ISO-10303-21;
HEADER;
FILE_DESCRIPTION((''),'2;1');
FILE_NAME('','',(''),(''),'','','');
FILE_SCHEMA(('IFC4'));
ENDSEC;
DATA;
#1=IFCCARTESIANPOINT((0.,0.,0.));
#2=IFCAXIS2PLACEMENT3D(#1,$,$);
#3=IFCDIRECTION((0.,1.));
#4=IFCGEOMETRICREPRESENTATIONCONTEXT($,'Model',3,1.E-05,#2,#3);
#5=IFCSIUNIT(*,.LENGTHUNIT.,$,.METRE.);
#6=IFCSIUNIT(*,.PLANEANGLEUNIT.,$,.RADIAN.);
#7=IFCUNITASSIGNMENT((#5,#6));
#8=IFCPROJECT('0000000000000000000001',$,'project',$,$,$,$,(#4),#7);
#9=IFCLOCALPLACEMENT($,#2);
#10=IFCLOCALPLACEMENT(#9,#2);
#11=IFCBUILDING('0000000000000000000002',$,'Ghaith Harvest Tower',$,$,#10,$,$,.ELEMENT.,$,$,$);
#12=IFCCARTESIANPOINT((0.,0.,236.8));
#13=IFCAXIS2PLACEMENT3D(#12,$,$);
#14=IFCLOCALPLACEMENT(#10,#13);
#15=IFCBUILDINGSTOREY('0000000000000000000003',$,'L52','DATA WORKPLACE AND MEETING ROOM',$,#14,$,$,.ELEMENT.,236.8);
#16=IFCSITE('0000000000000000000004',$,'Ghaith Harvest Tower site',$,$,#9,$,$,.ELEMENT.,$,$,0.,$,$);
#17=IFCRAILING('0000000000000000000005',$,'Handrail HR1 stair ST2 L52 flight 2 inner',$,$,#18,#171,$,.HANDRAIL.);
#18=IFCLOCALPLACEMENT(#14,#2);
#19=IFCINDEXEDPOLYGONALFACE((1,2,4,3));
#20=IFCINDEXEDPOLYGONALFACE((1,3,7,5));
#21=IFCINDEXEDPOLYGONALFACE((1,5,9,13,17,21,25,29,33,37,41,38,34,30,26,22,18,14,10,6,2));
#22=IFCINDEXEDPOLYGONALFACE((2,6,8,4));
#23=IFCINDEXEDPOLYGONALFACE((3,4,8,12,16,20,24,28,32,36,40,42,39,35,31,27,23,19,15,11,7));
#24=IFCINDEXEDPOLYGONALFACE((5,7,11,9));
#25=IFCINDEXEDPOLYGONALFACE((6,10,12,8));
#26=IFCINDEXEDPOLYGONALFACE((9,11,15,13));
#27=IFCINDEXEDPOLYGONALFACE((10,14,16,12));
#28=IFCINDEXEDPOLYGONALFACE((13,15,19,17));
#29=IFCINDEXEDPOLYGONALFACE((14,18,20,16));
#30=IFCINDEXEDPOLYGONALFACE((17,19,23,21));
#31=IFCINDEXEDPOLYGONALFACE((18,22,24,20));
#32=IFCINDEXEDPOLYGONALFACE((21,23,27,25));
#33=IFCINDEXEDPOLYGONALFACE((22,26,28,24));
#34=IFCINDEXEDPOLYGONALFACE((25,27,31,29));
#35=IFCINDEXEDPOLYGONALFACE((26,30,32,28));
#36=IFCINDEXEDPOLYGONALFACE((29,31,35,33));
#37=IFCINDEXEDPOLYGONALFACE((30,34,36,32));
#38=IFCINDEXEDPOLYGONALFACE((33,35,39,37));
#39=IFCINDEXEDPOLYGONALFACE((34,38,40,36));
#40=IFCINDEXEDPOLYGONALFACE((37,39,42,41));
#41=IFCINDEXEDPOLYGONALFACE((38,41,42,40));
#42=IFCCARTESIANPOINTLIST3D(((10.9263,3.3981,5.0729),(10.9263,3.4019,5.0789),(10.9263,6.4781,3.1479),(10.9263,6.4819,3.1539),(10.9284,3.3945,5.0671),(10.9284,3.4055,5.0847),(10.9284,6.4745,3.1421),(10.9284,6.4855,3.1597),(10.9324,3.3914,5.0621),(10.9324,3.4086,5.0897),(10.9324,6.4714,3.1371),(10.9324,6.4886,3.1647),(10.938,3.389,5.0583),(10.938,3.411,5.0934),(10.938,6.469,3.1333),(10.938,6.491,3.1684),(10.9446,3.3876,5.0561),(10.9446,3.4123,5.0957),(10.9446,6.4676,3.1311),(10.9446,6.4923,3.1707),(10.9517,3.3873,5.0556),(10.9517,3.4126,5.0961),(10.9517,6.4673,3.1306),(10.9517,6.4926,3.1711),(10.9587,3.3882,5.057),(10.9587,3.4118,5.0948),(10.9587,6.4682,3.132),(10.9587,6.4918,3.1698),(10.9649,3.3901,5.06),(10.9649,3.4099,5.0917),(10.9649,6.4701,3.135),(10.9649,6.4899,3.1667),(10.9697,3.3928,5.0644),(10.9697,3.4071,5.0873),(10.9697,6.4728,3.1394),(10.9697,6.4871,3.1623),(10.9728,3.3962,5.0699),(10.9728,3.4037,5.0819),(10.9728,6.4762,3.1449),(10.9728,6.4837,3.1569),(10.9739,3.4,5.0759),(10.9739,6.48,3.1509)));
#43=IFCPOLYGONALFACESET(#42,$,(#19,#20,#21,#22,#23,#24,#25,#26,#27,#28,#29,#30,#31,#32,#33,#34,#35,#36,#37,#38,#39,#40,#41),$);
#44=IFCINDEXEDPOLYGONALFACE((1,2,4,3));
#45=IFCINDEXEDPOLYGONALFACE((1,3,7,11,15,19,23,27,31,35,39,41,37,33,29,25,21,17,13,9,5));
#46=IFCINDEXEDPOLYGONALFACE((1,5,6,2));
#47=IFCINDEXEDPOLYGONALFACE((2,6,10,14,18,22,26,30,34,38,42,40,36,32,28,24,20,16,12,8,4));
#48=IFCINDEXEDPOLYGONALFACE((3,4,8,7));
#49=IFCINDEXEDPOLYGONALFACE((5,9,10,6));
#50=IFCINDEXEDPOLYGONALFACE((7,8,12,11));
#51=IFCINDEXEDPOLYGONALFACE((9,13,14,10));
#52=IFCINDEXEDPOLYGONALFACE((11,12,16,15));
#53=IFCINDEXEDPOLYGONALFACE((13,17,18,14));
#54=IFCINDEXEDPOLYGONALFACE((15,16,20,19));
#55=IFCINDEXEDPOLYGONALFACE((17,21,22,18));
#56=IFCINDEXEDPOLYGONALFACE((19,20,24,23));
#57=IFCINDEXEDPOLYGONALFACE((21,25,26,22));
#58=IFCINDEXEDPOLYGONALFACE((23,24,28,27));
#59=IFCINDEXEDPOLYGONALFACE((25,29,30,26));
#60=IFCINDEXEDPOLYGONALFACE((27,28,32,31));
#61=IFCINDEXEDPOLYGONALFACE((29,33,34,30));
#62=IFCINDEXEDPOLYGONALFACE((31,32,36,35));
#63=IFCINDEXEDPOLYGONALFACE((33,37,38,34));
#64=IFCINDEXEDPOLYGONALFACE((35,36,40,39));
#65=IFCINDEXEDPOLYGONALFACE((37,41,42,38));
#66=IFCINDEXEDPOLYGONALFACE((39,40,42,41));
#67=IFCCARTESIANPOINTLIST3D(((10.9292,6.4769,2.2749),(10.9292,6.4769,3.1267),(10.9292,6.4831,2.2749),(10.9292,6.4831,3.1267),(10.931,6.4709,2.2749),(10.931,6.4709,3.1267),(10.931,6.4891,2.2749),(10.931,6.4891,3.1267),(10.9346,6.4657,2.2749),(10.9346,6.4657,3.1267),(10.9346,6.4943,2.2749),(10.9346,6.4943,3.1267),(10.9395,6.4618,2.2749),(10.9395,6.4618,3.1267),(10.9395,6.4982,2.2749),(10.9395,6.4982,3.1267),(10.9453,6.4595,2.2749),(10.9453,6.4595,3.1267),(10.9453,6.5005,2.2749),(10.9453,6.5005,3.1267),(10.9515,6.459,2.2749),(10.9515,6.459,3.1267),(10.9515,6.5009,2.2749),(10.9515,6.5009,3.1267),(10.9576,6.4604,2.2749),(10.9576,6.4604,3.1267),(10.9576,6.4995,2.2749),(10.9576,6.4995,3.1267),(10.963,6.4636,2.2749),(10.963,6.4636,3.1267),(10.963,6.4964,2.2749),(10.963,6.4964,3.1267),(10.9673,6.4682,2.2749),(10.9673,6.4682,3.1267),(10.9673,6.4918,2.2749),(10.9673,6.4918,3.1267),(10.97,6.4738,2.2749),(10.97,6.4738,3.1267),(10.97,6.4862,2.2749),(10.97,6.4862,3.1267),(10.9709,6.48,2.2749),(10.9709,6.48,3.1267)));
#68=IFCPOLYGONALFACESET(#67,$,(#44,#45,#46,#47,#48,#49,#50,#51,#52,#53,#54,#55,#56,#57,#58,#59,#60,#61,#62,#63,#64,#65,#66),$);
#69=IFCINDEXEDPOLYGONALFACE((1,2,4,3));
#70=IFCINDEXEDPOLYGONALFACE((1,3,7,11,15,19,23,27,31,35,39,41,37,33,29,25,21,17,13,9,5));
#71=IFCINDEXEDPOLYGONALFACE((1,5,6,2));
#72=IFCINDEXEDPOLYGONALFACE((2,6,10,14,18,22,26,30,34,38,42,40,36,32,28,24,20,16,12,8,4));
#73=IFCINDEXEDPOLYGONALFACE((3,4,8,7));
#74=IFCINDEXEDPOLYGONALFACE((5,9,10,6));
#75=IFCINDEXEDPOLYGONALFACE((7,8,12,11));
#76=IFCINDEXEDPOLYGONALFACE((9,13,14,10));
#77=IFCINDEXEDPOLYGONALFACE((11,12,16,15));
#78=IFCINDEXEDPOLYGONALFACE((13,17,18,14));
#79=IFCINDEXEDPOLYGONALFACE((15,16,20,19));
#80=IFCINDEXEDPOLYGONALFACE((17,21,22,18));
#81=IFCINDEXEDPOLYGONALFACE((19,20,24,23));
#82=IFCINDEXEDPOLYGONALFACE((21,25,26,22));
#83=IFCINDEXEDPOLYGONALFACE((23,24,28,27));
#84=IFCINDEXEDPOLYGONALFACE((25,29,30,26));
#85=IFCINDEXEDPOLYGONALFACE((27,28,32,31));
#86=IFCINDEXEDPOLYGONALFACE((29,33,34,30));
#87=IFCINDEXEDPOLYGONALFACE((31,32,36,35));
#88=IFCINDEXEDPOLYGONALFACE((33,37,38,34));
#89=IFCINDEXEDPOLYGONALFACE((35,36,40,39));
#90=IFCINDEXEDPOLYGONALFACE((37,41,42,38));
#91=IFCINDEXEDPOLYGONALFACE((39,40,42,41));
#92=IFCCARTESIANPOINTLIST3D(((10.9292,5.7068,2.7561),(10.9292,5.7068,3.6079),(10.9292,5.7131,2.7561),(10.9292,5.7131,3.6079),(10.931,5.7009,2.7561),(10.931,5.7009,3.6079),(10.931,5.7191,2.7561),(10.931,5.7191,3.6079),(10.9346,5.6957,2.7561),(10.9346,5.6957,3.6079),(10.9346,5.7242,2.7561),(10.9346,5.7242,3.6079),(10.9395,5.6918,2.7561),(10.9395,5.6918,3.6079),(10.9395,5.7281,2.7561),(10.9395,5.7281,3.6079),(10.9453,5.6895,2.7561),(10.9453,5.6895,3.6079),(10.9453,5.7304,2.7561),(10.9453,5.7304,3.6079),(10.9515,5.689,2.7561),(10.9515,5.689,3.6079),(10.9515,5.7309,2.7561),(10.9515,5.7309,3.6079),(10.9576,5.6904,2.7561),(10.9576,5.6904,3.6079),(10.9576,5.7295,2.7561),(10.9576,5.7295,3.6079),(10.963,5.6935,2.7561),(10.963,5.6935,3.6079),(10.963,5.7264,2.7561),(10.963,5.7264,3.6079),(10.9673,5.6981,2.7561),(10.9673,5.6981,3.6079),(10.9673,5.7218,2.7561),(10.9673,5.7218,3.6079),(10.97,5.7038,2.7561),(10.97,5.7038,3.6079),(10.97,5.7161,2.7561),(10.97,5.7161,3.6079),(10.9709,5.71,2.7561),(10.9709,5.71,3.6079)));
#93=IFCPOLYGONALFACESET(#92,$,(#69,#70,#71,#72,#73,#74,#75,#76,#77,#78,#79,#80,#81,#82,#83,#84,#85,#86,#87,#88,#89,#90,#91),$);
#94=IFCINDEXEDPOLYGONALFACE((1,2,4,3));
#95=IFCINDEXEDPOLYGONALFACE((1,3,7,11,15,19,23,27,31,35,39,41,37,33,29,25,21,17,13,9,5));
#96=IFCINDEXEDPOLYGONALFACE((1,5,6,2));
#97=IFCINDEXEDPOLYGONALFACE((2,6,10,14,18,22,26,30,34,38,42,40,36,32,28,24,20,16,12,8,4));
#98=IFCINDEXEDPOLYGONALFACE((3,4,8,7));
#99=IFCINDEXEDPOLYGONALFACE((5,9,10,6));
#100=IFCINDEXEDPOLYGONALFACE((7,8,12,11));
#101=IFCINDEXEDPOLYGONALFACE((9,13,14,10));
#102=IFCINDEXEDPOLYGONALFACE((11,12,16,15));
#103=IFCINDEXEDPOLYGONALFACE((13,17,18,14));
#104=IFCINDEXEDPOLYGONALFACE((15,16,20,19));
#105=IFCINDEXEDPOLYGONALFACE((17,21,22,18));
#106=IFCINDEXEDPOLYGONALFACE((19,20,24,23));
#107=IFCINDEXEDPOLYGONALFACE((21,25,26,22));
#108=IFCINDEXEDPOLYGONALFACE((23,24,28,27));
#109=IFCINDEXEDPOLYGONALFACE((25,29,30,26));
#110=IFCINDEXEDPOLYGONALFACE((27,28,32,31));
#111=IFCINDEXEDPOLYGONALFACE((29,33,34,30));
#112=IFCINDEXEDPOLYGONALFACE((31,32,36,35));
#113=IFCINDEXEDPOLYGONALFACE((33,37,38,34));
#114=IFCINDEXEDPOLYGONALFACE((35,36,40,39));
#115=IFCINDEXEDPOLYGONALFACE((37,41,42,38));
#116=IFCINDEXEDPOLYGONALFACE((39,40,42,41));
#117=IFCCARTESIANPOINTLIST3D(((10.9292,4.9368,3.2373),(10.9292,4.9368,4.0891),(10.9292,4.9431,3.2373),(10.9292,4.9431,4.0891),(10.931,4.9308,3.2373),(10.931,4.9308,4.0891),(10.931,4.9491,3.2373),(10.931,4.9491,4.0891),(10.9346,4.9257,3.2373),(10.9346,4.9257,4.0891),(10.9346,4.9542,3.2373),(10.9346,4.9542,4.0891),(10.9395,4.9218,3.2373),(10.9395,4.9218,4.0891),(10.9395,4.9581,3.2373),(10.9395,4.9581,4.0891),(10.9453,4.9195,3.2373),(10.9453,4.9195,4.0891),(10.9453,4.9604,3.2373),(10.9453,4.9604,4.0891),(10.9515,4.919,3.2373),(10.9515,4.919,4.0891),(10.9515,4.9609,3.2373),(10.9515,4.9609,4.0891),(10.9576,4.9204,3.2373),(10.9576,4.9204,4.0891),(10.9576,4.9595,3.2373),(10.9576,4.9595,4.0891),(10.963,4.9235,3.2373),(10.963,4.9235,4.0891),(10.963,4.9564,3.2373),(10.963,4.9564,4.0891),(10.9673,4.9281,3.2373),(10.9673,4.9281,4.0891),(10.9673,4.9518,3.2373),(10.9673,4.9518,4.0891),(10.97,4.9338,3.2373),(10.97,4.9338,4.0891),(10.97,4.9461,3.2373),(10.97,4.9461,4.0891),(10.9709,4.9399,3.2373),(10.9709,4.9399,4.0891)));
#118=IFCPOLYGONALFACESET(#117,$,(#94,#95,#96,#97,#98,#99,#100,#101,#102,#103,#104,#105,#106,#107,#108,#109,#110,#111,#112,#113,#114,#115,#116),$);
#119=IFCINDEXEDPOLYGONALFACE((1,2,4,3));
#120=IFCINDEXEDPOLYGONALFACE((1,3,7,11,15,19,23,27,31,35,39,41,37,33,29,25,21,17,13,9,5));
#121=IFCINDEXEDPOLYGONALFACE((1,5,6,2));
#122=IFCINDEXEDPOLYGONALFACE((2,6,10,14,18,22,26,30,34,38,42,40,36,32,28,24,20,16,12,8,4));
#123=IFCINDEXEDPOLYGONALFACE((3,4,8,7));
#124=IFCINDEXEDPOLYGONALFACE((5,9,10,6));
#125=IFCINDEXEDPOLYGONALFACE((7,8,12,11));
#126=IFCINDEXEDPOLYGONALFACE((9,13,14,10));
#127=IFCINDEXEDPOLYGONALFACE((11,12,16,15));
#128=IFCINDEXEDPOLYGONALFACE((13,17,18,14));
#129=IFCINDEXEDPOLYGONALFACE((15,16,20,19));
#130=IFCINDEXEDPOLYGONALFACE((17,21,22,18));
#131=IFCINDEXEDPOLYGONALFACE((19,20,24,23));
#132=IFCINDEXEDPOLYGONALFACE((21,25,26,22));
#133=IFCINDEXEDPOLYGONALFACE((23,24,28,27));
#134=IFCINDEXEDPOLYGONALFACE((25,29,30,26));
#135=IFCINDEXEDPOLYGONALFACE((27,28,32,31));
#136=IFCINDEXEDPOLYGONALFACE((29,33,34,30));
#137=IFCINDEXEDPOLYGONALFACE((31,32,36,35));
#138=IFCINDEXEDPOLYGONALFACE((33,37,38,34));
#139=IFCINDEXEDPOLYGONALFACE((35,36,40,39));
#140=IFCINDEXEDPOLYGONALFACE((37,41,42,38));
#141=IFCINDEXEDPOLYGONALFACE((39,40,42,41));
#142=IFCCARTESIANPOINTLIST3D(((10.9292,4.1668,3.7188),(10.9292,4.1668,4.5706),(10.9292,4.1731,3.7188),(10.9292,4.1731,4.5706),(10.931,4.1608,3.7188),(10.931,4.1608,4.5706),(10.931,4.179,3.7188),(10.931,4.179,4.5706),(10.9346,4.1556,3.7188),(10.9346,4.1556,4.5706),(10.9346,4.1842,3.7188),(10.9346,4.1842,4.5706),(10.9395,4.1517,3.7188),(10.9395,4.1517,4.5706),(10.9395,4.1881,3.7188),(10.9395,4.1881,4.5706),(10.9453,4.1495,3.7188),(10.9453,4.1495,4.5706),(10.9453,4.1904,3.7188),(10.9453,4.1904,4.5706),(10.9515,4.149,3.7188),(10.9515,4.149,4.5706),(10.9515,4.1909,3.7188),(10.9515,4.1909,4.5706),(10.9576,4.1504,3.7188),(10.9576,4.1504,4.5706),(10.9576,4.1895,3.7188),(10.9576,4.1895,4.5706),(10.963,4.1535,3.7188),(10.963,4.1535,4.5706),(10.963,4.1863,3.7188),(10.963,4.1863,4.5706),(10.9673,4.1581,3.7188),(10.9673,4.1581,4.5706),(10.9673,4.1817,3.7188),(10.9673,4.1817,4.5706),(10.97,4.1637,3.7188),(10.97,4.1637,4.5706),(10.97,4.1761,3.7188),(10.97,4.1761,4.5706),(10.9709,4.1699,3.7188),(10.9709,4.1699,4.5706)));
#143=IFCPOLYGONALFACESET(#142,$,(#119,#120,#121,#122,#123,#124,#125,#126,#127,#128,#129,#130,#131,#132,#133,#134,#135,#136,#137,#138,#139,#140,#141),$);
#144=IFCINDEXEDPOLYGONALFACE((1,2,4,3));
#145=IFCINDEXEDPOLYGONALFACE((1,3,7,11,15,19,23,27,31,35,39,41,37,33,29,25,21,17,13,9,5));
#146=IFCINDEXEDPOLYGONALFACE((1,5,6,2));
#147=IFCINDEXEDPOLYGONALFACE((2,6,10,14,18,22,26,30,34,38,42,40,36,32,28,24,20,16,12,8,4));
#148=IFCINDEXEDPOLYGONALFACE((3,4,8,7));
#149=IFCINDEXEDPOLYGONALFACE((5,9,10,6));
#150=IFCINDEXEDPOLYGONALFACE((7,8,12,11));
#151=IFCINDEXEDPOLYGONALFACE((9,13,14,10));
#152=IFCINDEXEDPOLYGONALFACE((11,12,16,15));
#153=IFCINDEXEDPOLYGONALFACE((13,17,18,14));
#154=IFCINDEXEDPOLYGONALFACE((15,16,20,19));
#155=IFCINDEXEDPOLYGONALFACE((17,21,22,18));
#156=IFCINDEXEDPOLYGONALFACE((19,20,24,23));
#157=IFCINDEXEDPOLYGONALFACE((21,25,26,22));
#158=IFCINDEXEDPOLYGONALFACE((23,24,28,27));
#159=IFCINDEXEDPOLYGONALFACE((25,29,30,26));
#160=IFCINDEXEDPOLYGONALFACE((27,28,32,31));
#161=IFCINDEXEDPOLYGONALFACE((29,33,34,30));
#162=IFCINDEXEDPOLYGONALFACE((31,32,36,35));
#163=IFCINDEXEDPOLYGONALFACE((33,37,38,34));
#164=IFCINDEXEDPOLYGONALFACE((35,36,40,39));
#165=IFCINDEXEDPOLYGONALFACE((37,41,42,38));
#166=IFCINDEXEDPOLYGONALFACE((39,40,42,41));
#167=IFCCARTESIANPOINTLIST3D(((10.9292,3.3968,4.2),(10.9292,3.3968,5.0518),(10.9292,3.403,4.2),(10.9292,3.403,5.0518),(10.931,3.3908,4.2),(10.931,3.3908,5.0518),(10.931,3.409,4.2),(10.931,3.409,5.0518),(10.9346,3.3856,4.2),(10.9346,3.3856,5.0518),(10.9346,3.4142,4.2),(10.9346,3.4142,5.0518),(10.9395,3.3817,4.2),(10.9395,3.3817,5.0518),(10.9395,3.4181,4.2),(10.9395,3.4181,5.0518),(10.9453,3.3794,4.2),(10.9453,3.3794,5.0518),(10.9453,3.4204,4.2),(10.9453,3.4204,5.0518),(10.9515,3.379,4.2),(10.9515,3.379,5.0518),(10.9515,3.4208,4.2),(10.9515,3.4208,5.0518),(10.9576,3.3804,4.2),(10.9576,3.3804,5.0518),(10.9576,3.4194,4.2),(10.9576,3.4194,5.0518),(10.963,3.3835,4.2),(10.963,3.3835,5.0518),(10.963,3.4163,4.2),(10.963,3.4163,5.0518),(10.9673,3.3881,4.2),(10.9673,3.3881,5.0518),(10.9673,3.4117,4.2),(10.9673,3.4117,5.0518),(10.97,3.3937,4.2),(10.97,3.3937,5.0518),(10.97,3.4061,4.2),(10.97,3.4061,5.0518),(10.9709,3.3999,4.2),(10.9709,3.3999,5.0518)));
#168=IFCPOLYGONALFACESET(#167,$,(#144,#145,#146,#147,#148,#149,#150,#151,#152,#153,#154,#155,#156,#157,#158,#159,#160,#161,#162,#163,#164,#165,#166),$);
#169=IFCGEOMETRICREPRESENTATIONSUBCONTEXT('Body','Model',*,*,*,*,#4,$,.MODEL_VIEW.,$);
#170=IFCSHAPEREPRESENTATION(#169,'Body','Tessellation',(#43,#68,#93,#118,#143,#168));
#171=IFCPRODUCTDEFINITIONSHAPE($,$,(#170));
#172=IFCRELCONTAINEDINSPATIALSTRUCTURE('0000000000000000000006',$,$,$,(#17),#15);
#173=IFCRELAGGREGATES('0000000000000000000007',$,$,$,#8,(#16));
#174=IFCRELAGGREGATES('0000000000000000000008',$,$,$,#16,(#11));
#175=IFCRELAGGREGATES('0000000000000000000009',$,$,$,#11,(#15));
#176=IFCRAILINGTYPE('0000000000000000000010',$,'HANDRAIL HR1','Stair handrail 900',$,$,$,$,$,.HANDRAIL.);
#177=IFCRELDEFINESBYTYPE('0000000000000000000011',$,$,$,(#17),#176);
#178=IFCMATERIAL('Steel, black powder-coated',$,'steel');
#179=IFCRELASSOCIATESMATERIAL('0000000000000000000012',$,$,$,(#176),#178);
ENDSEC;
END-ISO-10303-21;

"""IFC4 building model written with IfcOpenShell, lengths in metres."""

from ifc_helpers import new_model, si_unit, direction, frame, origin, origin_2d, place, context, subcontext, project, spatial, circle, extrude, material, type_object, element, save


model = new_model("IFC4")

# Units and contexts
model_context = context("Model", 3, precision=1e-05, world=origin(), true_north=direction((0.0, 1.0)))
body_context = subcontext(model_context, "Body", "Model", "MODEL_VIEW")
ifc_project = project(units=[si_unit("LENGTHUNIT", "METRE"), si_unit("PLANEANGLEUNIT", "RADIAN")], contexts=[model_context])

# Site, building, storey
site_placement = place(None, origin())
site = spatial("IfcSite", under=ifc_project, at=site_placement, Name="Ghaith Harvest Tower site", CompositionType="ELEMENT", RefElevation=0.0)
building_placement = place(site_placement, origin())
building = spatial("IfcBuilding", under=site, at=building_placement, Name="Ghaith Harvest Tower", CompositionType="ELEMENT")
storey_placement = place(building_placement, frame((0.0, 0.0, 236.8)))
storey = spatial("IfcBuildingStorey", under=building, at=storey_placement, Name="L52", Description="DATA WORKPLACE AND MEETING ROOM", CompositionType="ELEMENT", Elevation=236.8)

# Railing
ifc_material_1 = material(Name="Steel, black powder-coated", Category="steel")
railing_type = type_object("IfcRailingType", Name="HANDRAIL HR1", Description="Stair handrail 900", PredefinedType="HANDRAIL", material=ifc_material_1)
railing_1_placement = place(storey_placement, frame((10.95, 6.48, 2.2749)))
element("IfcRailing", 1, at=railing_1_placement, inside=storey, type_object=railing_type, Name="Handrail HR1 stair ST2 L52 flight 2 inner", PredefinedType="HANDRAIL", context=body_context, shape_type="SweptSolid", body=[
    extrude(circle(Radius=0.0239, at=origin_2d()), frame((0.0, 0.0, 0.876), z_axis=(0.0, -0.847998, 0.529999), x_axis=(1.0, 0.0, 0.0)), (0.0, 0.0, 1.0), 3.6321),
    extrude(circle(Radius=0.021, at=origin_2d()), origin(), (0.0, 0.0, 1.0), 0.8518),
    extrude(circle(Radius=0.021, at=origin_2d()), frame((0.0, -0.77, 0.4812)), (0.0, 0.0, 1.0), 0.8518),
    extrude(circle(Radius=0.021, at=origin_2d()), frame((0.0, -1.54, 0.9624)), (0.0, 0.0, 1.0), 0.8518),
    extrude(circle(Radius=0.021, at=origin_2d()), frame((0.0, -2.3101, 1.4438)), (0.0, 0.0, 1.0), 0.8518),
    extrude(circle(Radius=0.021, at=origin_2d()), frame((0.0, -3.0801, 1.925)), (0.0, 0.0, 1.0), 0.8518),
])

save(model, "model.ifc")
